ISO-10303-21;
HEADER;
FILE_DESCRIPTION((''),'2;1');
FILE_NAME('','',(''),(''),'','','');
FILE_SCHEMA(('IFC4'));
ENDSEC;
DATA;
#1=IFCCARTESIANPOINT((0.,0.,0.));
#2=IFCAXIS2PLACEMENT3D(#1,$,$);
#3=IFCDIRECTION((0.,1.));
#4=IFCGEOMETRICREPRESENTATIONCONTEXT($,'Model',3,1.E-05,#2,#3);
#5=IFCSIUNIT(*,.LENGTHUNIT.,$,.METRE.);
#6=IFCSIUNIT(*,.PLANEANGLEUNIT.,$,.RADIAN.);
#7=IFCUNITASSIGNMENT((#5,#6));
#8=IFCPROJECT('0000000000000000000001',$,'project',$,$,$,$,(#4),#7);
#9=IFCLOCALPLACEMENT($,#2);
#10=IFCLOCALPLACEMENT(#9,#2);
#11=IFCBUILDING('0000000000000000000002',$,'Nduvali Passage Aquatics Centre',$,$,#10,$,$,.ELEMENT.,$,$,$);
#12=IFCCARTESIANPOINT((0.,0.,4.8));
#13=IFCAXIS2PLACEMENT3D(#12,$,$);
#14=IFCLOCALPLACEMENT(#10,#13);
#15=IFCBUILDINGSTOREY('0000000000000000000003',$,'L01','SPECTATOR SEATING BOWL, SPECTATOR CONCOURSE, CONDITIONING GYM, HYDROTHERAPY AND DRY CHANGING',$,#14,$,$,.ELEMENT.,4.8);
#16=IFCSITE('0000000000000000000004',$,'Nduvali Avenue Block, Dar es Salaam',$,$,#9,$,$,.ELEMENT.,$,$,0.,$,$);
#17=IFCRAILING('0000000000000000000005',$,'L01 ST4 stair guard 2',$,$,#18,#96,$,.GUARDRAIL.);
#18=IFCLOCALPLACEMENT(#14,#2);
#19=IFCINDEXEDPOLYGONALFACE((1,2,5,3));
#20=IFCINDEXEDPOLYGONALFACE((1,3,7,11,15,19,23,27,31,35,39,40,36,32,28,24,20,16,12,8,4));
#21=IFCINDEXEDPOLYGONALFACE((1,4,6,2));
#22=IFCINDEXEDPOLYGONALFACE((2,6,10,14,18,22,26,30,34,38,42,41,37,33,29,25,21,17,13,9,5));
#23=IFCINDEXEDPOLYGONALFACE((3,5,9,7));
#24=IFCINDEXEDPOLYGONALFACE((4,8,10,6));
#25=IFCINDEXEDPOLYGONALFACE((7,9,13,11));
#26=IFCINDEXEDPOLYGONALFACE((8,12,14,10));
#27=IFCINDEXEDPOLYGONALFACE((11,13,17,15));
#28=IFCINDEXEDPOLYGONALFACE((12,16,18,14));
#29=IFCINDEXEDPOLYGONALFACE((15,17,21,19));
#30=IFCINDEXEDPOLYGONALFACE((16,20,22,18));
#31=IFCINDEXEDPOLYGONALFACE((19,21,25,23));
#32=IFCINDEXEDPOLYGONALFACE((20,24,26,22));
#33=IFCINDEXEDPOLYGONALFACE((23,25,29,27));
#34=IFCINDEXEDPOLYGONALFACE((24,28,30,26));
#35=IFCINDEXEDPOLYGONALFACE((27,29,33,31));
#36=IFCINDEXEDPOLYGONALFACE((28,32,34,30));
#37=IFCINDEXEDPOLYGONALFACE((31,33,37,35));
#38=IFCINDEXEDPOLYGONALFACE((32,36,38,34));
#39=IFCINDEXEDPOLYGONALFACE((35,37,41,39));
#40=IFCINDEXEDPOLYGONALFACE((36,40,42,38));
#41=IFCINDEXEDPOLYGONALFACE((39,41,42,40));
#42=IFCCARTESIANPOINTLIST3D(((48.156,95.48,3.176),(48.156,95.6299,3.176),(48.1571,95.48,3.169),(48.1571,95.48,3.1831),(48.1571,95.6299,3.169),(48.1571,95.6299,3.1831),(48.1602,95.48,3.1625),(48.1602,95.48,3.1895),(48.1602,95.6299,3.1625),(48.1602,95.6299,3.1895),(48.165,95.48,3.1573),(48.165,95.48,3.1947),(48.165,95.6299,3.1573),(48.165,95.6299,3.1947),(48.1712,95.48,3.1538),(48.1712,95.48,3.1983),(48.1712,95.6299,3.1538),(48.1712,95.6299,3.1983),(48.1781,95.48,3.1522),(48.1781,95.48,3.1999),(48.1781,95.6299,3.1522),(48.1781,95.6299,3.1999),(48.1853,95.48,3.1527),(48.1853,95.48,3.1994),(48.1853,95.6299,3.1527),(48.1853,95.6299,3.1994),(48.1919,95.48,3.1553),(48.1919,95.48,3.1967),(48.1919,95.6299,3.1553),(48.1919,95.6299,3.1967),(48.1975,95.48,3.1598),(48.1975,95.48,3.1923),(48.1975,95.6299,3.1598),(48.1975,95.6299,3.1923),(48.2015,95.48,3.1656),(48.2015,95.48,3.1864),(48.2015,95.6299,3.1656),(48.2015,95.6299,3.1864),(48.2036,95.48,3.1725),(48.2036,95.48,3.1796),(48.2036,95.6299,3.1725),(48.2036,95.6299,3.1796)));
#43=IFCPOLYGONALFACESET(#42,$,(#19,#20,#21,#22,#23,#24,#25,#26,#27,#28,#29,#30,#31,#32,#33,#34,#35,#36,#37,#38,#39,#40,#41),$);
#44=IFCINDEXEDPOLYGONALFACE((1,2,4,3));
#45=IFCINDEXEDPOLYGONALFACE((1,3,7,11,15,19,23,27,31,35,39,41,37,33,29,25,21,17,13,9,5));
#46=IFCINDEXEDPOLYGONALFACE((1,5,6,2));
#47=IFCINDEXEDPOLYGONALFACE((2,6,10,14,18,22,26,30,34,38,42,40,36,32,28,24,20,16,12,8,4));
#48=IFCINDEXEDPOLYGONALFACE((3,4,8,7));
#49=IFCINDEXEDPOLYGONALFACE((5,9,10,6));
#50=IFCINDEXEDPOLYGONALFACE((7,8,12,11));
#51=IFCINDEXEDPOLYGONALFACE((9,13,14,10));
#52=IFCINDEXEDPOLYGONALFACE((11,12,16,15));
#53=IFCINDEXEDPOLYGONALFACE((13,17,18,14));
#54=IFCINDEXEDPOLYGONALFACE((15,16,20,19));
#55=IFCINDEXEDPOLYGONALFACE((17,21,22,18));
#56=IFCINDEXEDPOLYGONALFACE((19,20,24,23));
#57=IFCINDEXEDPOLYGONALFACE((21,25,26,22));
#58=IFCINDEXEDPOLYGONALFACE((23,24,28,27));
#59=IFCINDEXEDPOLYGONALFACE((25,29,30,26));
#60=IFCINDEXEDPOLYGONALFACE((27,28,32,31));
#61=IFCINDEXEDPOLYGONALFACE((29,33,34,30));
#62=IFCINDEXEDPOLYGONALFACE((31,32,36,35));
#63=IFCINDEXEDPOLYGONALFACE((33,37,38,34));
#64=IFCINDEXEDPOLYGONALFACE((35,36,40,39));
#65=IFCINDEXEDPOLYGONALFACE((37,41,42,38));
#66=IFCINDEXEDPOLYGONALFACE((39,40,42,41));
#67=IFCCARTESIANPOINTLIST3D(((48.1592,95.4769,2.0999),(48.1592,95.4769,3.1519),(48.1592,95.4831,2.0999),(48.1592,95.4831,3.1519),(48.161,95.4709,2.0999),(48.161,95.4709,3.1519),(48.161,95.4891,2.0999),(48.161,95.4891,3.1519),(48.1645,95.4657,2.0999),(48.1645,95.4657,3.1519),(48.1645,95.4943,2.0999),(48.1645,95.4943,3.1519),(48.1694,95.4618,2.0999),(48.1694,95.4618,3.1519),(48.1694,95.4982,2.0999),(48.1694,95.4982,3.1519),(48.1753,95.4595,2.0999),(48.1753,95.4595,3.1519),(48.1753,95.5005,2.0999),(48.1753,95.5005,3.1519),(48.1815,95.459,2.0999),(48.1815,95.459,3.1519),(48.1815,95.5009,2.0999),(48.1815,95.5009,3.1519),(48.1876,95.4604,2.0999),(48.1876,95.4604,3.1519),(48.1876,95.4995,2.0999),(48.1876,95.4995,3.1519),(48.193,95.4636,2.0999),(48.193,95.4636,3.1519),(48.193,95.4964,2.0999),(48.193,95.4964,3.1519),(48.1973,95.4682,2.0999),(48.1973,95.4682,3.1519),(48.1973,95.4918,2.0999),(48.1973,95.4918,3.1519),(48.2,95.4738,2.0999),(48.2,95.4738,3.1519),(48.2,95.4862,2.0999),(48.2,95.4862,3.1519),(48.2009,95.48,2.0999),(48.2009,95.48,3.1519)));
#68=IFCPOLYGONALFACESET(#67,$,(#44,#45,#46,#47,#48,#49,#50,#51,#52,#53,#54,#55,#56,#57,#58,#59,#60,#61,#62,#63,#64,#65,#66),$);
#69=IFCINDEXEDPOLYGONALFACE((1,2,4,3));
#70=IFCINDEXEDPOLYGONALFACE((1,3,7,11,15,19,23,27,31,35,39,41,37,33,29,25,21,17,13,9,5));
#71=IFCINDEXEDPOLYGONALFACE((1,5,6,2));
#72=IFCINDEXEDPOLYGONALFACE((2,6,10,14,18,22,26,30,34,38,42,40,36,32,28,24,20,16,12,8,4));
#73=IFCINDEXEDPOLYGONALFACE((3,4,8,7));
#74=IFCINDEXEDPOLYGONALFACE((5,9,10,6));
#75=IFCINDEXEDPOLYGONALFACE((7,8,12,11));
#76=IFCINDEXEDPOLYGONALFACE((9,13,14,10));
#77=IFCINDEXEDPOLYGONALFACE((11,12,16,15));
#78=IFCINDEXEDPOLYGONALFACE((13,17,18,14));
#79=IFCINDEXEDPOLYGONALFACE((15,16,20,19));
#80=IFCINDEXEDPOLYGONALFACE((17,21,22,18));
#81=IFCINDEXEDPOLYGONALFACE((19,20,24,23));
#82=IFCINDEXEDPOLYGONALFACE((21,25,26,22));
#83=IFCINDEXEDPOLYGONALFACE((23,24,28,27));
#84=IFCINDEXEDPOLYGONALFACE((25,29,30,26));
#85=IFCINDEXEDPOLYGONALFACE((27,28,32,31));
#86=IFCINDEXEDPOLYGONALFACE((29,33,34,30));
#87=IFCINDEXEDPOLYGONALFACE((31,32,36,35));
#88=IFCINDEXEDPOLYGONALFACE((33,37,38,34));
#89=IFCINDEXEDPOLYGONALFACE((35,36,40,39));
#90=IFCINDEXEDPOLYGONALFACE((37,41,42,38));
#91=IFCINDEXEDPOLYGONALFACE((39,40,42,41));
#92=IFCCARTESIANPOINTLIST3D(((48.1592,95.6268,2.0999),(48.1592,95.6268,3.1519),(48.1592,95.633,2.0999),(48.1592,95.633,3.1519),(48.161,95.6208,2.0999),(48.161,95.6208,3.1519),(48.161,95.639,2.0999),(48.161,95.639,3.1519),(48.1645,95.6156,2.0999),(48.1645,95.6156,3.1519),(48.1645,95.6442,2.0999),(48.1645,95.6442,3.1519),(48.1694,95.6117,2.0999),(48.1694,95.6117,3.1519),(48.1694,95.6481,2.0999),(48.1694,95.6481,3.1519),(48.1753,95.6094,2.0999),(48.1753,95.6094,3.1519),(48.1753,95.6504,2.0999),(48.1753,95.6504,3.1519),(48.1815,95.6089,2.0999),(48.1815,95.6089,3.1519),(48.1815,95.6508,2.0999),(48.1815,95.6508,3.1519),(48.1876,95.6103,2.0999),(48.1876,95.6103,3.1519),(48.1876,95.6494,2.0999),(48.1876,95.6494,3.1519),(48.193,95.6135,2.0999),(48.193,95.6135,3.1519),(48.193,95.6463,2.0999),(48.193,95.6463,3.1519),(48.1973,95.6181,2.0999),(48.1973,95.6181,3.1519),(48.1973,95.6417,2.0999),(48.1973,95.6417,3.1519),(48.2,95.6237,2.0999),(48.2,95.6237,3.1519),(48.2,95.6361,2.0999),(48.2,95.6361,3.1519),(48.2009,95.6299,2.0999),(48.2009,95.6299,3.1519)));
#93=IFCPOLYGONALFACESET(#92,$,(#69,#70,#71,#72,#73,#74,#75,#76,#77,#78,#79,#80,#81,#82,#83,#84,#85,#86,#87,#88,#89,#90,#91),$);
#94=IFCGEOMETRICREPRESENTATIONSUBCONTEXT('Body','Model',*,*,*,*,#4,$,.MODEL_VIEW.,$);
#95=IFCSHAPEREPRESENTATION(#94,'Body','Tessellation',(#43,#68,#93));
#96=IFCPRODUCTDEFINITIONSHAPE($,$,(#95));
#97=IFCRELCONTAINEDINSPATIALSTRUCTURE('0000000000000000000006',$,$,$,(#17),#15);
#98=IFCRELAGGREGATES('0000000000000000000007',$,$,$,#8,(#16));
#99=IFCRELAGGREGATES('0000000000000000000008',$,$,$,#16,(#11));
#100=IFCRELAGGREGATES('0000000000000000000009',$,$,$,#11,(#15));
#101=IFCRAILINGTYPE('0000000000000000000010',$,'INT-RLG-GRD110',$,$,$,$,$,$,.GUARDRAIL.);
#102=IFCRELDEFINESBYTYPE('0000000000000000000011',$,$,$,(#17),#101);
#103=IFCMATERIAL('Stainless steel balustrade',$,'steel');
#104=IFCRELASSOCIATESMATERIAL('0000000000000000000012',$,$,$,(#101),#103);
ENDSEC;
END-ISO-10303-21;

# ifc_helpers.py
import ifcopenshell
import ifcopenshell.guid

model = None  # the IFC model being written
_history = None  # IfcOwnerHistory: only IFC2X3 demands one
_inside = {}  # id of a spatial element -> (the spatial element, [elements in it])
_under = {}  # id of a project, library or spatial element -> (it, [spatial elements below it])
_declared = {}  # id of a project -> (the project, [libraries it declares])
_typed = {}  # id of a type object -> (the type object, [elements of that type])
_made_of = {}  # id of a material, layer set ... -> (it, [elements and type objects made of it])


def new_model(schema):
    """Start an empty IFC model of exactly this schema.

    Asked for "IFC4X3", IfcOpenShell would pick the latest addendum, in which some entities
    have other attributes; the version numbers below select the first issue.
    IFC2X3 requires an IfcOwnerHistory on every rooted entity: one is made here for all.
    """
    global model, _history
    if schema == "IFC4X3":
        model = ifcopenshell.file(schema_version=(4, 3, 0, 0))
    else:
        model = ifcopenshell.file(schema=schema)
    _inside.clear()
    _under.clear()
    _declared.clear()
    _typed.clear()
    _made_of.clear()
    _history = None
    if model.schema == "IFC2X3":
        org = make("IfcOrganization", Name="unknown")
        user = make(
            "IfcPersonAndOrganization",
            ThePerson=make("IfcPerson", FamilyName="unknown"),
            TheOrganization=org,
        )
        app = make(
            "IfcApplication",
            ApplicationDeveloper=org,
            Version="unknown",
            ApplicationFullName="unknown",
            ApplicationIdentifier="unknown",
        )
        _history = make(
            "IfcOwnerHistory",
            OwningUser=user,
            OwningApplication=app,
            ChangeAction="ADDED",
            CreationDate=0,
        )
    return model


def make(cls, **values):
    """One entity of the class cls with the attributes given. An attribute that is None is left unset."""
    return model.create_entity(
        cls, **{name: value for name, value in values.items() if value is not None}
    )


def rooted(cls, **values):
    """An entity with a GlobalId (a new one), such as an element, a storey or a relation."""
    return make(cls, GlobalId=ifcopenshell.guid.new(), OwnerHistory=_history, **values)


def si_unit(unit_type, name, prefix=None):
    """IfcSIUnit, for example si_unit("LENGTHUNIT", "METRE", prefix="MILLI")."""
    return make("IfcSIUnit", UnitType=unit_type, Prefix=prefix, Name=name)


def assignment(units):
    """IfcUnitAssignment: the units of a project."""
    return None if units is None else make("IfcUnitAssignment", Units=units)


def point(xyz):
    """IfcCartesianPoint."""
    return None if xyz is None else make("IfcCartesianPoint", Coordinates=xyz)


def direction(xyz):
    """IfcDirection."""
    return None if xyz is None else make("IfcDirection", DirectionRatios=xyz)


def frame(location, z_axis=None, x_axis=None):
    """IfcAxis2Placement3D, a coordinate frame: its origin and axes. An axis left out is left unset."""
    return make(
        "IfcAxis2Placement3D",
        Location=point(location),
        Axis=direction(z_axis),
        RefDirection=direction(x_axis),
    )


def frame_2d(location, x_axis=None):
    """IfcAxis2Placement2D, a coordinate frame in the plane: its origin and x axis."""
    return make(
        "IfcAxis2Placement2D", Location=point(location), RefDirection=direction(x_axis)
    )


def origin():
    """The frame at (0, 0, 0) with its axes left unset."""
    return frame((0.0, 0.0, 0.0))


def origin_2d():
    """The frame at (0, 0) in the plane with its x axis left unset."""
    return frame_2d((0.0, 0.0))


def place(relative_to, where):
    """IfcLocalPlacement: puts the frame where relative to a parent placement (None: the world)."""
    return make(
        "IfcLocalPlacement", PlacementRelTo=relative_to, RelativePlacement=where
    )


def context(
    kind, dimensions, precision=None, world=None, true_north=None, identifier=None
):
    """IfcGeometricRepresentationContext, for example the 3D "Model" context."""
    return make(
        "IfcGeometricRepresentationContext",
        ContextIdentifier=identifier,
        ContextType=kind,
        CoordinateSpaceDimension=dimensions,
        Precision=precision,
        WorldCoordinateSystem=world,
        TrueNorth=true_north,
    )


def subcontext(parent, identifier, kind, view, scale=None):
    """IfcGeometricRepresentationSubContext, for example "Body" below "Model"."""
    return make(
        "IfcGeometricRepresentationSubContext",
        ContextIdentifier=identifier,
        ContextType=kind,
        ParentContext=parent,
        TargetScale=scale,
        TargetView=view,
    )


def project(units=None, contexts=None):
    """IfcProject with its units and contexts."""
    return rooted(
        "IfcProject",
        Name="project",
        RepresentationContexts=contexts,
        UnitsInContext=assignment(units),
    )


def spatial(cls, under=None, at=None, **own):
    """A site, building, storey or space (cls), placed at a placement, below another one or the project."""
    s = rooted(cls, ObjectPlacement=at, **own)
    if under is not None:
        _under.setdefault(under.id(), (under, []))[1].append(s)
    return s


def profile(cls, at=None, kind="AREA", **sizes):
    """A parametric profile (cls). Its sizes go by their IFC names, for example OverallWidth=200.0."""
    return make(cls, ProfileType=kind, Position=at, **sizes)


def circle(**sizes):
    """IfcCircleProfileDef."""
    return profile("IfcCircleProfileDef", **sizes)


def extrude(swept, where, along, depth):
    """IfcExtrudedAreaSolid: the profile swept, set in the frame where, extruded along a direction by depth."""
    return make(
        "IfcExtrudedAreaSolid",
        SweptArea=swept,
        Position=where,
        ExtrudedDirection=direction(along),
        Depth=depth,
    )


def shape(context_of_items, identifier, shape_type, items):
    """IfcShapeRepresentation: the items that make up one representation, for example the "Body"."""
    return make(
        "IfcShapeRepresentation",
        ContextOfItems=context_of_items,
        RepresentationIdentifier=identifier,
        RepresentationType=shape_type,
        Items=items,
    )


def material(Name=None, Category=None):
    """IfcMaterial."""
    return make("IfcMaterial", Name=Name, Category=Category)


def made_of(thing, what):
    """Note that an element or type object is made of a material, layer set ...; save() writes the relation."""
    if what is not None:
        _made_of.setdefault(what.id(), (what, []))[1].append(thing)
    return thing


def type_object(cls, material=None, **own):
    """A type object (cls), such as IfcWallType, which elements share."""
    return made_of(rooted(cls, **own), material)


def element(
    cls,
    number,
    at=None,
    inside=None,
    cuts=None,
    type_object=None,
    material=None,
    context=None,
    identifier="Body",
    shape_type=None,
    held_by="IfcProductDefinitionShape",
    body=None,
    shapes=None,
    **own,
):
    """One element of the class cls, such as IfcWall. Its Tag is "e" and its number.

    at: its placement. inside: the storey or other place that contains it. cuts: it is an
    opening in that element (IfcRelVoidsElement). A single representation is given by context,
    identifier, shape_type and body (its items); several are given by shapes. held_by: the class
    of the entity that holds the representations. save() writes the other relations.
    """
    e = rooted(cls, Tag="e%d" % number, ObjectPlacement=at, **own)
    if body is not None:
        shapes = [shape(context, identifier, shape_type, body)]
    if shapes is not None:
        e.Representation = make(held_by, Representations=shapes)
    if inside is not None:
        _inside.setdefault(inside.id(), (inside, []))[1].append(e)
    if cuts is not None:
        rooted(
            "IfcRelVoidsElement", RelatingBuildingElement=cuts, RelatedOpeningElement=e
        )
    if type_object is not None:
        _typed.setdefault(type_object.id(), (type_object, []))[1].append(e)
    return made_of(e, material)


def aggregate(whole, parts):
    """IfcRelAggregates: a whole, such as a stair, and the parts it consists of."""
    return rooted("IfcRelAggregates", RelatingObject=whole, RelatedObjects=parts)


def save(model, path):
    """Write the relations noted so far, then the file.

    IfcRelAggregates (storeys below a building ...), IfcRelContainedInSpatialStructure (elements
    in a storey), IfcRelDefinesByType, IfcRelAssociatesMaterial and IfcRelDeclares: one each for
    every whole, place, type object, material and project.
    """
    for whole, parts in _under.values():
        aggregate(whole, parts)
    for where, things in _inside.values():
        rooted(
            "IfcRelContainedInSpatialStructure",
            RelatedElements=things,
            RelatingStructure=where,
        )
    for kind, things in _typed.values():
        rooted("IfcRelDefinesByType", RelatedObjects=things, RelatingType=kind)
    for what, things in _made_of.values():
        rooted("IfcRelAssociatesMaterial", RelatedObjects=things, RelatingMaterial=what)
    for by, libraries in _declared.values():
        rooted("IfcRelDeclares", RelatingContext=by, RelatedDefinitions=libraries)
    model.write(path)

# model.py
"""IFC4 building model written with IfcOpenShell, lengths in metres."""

from ifc_helpers import new_model, si_unit, direction, frame, origin, origin_2d, place, context, subcontext, project, spatial, circle, extrude, material, type_object, element, save


model = new_model("IFC4")

# Units and contexts
model_context = context("Model", 3, precision=1e-05, world=origin(), true_north=direction((0.0, 1.0)))
body_context = subcontext(model_context, "Body", "Model", "MODEL_VIEW")
ifc_project = project(units=[si_unit("LENGTHUNIT", "METRE"), si_unit("PLANEANGLEUNIT", "RADIAN")], contexts=[model_context])

# Site, building, storey
site_placement = place(None, origin())
site = spatial("IfcSite", under=ifc_project, at=site_placement, Name="Nduvali Avenue Block, Dar es Salaam", CompositionType="ELEMENT", RefElevation=0.0)
building_placement = place(site_placement, origin())
building = spatial("IfcBuilding", under=site, at=building_placement, Name="Nduvali Passage Aquatics Centre", CompositionType="ELEMENT")
storey_placement = place(building_placement, frame((0.0, 0.0, 4.8)))
storey = spatial("IfcBuildingStorey", under=building, at=storey_placement, Name="L01", Description="SPECTATOR SEATING BOWL, SPECTATOR CONCOURSE, CONDITIONING GYM, HYDROTHERAPY AND DRY CHANGING", CompositionType="ELEMENT", Elevation=4.8)

# Railing
ifc_material_1 = material(Name="Stainless steel balustrade", Category="steel")
railing_type_1 = type_object("IfcRailingType", Name="INT-RLG-GRD110", PredefinedType="GUARDRAIL", material=ifc_material_1)
railing_1_placement = place(storey_placement, frame((48.1799, 95.48, 2.0999)))
element("IfcRailing", 1, at=railing_1_placement, inside=storey, type_object=railing_type_1, Name="L01 ST4 stair guard 2", PredefinedType="GUARDRAIL", context=body_context, shape_type="SweptSolid", body=[
    extrude(circle(Radius=0.0239, at=origin_2d()), frame((0.0, 0.0, 1.0762), z_axis=(0.0, 1.0, 0.0), x_axis=(-1.0, 0.0, 0.0)), (0.0, 0.0, 1.0), 0.1499),
    extrude(circle(Radius=0.021, at=origin_2d()), origin(), (0.0, 0.0, 1.0), 1.052),
    extrude(circle(Radius=0.021, at=origin_2d()), frame((0.0, 0.1499, 0.0)), (0.0, 0.0, 1.0), 1.052),
])

save(model, "model.ifc")
